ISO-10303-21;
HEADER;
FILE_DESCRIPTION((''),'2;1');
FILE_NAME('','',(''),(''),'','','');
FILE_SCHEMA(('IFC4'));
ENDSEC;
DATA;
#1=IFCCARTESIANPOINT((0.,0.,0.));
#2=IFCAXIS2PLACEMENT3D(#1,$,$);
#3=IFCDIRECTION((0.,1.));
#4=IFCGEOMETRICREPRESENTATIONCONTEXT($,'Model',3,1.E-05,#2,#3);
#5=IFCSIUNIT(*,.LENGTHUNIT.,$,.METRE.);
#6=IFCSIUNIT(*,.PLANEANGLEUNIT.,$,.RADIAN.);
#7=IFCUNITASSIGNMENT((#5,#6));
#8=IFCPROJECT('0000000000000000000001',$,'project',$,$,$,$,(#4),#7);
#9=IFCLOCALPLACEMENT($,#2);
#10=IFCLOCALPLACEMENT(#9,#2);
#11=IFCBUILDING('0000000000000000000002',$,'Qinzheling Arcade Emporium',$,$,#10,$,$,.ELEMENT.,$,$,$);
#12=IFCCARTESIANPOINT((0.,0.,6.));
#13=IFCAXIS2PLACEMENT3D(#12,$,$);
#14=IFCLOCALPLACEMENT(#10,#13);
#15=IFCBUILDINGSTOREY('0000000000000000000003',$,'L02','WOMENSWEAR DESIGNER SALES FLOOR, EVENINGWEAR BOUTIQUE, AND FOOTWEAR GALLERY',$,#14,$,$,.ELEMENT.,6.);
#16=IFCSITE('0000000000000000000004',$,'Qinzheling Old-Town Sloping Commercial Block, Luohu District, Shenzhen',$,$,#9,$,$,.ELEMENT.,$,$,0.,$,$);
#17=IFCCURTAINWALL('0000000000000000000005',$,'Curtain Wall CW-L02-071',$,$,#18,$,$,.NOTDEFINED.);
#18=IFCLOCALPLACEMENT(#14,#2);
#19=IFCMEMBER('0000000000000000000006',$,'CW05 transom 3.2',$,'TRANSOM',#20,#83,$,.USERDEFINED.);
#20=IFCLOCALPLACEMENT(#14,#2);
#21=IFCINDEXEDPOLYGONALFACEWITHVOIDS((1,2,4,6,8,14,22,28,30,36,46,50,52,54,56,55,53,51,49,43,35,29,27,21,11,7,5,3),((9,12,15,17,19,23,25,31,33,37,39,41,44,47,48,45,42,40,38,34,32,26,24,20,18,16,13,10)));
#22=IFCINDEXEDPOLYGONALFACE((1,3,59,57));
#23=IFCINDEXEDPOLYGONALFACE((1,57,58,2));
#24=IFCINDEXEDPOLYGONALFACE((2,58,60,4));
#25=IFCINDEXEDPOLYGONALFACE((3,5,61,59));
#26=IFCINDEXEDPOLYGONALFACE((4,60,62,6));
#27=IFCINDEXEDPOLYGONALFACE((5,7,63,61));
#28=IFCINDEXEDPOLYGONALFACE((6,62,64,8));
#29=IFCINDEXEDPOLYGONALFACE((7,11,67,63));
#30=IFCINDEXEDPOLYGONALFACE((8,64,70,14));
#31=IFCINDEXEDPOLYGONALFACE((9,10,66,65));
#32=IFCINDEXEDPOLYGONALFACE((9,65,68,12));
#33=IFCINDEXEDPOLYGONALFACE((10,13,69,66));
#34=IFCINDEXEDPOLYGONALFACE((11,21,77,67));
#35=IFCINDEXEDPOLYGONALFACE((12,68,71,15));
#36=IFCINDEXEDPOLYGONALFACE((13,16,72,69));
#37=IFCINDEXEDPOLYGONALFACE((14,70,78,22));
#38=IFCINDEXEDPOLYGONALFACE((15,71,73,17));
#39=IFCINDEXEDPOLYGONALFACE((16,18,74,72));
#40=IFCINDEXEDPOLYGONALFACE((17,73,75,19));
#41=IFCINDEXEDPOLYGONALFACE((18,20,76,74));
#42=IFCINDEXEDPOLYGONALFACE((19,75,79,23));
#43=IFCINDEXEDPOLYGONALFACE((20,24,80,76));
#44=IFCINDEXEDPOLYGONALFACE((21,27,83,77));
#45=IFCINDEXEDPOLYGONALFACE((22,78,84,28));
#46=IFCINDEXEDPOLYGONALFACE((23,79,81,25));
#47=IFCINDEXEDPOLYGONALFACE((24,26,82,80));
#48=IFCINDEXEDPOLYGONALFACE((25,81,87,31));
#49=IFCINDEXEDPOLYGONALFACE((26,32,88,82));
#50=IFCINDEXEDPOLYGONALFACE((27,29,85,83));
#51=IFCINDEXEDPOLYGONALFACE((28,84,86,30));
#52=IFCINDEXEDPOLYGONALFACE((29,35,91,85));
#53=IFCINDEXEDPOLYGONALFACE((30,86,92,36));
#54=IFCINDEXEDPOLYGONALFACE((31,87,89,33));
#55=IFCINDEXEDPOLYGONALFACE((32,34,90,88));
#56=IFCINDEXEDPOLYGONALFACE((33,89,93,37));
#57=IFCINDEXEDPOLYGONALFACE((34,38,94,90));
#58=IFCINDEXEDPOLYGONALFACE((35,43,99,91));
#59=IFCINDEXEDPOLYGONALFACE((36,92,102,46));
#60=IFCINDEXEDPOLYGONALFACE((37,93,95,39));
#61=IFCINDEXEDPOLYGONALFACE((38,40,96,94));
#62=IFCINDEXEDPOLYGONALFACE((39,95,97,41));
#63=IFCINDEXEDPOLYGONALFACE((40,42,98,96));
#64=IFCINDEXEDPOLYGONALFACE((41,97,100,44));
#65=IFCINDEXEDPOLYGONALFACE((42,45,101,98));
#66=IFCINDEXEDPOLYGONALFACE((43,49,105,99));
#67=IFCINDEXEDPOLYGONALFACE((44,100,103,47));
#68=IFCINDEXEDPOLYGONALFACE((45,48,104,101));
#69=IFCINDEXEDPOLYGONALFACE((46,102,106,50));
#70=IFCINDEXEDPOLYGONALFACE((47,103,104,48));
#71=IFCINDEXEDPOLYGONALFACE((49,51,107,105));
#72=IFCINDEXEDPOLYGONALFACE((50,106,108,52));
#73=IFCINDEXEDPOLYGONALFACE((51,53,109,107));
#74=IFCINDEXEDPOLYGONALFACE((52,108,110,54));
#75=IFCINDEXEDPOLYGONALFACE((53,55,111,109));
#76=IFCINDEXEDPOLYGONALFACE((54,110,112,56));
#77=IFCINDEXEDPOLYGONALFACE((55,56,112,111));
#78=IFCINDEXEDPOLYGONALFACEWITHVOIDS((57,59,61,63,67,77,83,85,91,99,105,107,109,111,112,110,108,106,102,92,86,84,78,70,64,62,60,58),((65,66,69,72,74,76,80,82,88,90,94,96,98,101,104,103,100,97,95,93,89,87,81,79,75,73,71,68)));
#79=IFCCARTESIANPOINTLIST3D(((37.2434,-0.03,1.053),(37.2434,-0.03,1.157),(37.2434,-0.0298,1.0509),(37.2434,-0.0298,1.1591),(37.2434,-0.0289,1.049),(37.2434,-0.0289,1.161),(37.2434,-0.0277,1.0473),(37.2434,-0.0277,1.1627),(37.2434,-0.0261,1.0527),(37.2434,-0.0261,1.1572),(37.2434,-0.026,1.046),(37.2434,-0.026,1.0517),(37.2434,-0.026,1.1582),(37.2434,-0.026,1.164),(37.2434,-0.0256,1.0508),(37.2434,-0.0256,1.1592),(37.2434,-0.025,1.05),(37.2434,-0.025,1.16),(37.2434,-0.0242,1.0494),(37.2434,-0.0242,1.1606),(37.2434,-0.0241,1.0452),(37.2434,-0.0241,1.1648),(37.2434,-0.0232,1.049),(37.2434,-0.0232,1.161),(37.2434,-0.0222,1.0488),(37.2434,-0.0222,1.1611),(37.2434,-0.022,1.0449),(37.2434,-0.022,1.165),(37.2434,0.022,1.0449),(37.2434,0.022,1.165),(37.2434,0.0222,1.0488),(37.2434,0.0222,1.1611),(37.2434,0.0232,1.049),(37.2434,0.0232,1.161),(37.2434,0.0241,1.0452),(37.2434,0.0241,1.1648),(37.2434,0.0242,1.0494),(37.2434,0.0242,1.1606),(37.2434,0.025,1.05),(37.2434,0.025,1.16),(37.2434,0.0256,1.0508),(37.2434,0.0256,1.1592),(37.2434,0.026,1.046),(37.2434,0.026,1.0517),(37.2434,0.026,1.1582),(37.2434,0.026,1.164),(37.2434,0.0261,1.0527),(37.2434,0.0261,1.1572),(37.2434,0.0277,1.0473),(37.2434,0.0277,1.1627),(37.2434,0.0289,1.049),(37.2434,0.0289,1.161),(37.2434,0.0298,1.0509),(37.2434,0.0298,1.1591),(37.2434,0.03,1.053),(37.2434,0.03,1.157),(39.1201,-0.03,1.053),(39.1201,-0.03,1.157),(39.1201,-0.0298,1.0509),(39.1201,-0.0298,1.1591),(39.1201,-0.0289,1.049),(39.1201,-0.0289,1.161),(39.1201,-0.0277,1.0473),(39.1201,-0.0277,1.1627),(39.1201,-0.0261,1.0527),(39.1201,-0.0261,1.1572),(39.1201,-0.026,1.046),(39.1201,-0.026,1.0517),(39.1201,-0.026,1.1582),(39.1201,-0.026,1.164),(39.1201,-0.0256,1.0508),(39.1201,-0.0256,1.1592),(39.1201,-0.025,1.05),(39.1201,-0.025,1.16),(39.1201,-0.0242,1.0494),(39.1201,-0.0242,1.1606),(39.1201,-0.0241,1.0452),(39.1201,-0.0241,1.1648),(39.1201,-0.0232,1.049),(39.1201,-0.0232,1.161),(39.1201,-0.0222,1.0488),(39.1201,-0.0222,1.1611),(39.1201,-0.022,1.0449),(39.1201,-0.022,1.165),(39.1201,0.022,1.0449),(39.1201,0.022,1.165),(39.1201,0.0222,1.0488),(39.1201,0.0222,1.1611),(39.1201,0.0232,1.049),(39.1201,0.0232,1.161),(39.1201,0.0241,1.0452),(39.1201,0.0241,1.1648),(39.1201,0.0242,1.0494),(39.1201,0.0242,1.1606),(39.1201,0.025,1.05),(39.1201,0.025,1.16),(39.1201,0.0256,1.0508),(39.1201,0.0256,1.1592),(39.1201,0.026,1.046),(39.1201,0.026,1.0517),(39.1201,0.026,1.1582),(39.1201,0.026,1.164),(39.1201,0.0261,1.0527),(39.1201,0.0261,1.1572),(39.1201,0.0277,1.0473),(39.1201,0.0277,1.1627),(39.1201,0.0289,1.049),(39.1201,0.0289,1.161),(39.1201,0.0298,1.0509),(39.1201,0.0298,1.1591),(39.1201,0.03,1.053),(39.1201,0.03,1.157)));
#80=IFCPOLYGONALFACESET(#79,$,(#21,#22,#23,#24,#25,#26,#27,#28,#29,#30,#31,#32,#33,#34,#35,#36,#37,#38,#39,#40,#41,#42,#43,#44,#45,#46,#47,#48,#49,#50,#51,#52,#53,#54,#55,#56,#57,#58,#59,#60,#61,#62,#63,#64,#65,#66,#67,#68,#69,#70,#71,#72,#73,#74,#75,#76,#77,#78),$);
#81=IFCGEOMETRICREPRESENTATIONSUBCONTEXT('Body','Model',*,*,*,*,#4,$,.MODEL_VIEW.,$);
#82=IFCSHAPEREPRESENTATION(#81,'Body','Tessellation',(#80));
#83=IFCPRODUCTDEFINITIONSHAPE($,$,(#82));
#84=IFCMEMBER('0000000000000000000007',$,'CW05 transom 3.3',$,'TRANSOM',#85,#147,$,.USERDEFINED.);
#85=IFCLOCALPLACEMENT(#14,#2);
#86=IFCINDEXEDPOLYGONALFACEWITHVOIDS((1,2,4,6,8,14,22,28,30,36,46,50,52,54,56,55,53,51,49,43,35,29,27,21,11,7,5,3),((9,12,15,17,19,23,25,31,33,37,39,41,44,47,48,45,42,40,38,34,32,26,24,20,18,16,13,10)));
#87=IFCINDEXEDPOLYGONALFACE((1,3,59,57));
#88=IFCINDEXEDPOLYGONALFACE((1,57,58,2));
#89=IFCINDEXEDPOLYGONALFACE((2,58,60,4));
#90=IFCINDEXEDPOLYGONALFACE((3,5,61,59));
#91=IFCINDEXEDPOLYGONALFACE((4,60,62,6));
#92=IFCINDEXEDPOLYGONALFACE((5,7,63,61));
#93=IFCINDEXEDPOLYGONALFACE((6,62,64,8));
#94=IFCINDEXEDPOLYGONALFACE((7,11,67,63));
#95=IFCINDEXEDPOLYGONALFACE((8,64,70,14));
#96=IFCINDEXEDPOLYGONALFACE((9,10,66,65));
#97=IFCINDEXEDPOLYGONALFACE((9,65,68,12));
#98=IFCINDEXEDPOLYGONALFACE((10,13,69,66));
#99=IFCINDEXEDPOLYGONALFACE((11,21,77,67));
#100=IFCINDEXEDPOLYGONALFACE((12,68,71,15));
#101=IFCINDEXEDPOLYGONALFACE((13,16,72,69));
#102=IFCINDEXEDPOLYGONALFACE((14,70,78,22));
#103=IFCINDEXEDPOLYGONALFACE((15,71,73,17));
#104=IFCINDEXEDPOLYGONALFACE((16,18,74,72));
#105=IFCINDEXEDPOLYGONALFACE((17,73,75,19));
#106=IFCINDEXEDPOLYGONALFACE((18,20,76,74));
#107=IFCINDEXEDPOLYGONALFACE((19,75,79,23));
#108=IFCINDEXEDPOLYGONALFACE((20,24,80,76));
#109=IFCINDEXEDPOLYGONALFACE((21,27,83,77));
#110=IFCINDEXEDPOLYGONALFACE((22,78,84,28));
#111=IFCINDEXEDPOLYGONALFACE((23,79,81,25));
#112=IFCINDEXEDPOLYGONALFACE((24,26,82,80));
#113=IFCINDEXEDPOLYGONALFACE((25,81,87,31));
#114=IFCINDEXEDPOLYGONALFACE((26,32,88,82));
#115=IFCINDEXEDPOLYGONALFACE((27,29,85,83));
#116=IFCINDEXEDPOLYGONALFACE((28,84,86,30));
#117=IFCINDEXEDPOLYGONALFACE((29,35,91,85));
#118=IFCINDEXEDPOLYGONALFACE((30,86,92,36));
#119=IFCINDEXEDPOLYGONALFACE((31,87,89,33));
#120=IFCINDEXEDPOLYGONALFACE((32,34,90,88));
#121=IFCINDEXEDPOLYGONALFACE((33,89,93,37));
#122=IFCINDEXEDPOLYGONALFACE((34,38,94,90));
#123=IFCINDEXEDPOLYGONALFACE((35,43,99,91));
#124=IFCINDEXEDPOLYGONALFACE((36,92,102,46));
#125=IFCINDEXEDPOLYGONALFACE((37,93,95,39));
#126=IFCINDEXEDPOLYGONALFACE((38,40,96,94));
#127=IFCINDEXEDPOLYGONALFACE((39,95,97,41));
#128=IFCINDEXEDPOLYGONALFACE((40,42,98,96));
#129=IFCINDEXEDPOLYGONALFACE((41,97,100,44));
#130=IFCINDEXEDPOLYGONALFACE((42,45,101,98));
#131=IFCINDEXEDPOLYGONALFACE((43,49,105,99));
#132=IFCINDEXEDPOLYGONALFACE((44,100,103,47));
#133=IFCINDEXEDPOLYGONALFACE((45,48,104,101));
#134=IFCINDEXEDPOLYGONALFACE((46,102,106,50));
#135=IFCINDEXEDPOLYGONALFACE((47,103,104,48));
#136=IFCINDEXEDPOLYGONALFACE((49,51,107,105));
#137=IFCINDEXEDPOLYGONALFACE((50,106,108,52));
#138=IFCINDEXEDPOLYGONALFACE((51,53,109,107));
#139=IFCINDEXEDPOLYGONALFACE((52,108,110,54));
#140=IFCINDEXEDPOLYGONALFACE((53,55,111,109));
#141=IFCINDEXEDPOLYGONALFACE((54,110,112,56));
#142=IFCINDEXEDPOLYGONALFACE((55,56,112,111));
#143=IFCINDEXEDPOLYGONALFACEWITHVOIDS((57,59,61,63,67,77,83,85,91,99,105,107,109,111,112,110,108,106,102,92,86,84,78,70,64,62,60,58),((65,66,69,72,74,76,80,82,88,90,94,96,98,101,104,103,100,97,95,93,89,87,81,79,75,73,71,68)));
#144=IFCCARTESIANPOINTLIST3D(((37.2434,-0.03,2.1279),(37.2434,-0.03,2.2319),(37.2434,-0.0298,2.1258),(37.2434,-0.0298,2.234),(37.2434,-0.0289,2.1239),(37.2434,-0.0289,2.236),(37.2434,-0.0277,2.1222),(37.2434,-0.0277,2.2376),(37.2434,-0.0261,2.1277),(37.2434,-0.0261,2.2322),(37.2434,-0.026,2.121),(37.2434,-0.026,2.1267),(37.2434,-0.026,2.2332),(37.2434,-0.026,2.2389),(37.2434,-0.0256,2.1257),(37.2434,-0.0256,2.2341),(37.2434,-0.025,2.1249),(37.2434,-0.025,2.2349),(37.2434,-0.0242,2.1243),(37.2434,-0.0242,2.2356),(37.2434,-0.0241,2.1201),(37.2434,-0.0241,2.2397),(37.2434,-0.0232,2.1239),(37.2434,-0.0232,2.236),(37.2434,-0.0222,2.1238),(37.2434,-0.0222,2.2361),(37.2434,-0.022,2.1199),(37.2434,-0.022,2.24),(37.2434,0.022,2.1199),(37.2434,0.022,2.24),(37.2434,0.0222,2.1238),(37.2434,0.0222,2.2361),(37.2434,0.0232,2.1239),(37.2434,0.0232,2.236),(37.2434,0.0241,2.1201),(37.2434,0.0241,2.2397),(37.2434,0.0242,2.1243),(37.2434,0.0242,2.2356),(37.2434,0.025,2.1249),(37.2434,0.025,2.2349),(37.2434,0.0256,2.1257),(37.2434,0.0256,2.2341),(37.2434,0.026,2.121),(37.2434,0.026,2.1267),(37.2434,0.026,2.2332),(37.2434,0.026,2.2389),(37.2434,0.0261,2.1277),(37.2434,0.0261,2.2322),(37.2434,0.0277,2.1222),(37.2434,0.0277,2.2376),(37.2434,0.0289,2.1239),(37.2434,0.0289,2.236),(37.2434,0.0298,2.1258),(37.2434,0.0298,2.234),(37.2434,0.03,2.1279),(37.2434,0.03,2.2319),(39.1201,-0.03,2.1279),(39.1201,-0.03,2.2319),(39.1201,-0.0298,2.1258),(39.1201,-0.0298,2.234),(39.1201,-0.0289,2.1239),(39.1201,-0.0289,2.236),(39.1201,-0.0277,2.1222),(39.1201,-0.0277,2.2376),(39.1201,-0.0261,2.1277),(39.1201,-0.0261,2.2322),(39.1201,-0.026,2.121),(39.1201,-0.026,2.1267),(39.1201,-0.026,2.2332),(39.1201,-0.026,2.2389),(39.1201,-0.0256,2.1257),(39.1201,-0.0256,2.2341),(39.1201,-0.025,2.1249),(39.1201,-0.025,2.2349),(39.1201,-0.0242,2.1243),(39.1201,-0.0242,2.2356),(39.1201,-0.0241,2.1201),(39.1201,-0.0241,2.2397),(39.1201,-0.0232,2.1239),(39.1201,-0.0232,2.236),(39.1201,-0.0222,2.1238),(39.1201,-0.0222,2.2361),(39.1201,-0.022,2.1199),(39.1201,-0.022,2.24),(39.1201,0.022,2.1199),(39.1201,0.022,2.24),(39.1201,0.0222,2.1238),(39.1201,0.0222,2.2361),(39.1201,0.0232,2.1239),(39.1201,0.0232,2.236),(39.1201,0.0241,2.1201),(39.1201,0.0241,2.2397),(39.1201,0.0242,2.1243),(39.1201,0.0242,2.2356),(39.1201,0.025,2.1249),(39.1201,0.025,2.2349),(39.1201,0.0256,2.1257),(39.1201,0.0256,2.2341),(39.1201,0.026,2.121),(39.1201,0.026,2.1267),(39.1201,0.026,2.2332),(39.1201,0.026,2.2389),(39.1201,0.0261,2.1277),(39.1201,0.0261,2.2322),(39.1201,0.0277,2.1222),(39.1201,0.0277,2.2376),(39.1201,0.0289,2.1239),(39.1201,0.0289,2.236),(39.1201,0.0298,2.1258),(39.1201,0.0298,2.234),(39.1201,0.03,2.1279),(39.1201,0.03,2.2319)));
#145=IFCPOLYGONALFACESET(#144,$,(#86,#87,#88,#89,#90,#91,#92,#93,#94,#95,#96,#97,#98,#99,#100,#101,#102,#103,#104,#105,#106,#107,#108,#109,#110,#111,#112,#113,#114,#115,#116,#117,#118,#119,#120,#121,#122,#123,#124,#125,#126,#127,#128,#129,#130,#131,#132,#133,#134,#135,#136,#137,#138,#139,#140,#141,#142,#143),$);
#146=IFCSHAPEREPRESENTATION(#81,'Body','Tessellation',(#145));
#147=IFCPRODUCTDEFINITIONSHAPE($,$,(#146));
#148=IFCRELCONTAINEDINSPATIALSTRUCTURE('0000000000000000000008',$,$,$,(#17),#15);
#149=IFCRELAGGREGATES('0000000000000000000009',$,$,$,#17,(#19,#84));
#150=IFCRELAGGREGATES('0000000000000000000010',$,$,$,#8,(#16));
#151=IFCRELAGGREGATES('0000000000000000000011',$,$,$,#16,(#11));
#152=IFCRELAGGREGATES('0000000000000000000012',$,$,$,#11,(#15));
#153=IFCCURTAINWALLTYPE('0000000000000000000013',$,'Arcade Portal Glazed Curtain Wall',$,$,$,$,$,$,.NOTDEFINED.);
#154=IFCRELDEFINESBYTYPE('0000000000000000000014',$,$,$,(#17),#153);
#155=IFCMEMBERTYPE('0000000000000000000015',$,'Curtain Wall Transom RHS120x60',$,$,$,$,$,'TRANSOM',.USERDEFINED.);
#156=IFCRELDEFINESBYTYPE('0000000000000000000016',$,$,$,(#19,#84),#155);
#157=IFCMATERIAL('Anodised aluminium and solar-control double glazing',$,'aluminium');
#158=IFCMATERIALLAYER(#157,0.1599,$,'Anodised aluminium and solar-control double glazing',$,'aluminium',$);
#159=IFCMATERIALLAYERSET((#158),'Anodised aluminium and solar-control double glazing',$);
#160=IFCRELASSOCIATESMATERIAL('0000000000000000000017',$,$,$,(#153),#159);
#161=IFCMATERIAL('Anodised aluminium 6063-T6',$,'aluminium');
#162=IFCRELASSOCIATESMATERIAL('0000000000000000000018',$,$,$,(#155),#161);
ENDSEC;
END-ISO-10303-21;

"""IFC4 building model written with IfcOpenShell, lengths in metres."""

from ifc_helpers import new_model, si_unit, direction, frame, origin, origin_2d, place, context, subcontext, project, spatial, hollow_rectangle, extrude, material, layer, layer_set, material_profile, profile_set, type_object, element, aggregate, save


model = new_model("IFC4")

# Units and contexts
model_context = context("Model", 3, precision=1e-05, world=origin(), true_north=direction((0.0, 1.0)))
body_context = subcontext(model_context, "Body", "Model", "MODEL_VIEW")
ifc_project = project(units=[si_unit("LENGTHUNIT", "METRE"), si_unit("PLANEANGLEUNIT", "RADIAN")], contexts=[model_context])

# Site, building, storey
site_placement = place(None, origin())
site = spatial("IfcSite", under=ifc_project, at=site_placement, Name="Qinzheling Old-Town Sloping Commercial Block, Luohu District, Shenzhen", CompositionType="ELEMENT", RefElevation=0.0)
building_placement = place(site_placement, origin())
building = spatial("IfcBuilding", under=site, at=building_placement, Name="Qinzheling Arcade Emporium", CompositionType="ELEMENT")
storey_placement = place(building_placement, frame((0.0, 0.0, 6.0)))
storey = spatial("IfcBuildingStorey", under=building, at=storey_placement, Name="L02", Description="WOMENSWEAR DESIGNER SALES FLOOR, EVENINGWEAR BOUTIQUE, AND FOOTWEAR GALLERY", CompositionType="ELEMENT", Elevation=6.0)

# Curtain wall, members
ifc_material_1 = material(Name="Anodised aluminium and solar-control double glazing", Category="aluminium")
ifc_layer_1 = layer(ifc_material_1, 0.1599, Name="Anodised aluminium and solar-control double glazing", Category="aluminium")
ifc_layer_set_1 = layer_set([ifc_layer_1], Name="Anodised aluminium and solar-control double glazing")
curtain_wall_type = type_object("IfcCurtainWallType", Name="Arcade Portal Glazed Curtain Wall", PredefinedType="NOTDEFINED", material=ifc_layer_set_1)
curtain_wall_placement = place(storey_placement, origin())
curtain_wall = element("IfcCurtainWall", 1, at=curtain_wall_placement, inside=storey, type_object=curtain_wall_type, Name="Curtain Wall CW-L02-071", PredefinedType="NOTDEFINED")
ifc_material_2 = material(Name="Anodised aluminium 6063-T6", Category="aluminium")
ifc_material_profile_1 = material_profile(ifc_material_2, hollow_rectangle(XDim=0.0601, YDim=0.1201, WallThickness=0.0039, InnerFilletRadius=0.0039, OuterFilletRadius=0.0081, at=origin_2d()), Name="RHS 120x60x4", Category="aluminium")
ifc_profile_set_1 = profile_set([ifc_material_profile_1], Name="Anodised aluminium 6063-T6")
member_type_1 = type_object("IfcMemberType", Name="Curtain Wall Transom RHS120x60", ElementType="TRANSOM", PredefinedType="USERDEFINED", material=ifc_profile_set_1)
member_1_placement = place(storey_placement, frame((39.1201, 0.0, 1.105), z_axis=(-1.0, 0.0, 0.0), x_axis=(0.0, -1.0, 0.0)))
member_1 = element("IfcMember", 2, at=member_1_placement, type_object=member_type_1, Name="CW05 transom 3.2", ObjectType="TRANSOM", PredefinedType="USERDEFINED", context=body_context, shape_type="SweptSolid", body=[
    extrude(hollow_rectangle(XDim=0.0601, YDim=0.1201, WallThickness=0.0039, InnerFilletRadius=0.0039, OuterFilletRadius=0.0081, at=origin_2d()), origin(), (0.0, 0.0, 1.0), 1.8767),
])
member_2_placement = place(storey_placement, frame((39.1201, 0.0, 2.1799), z_axis=(-1.0, 0.0, 0.0), x_axis=(0.0, -1.0, 0.0)))
member_2 = element("IfcMember", 3, at=member_2_placement, type_object=member_type_1, Name="CW05 transom 3.3", ObjectType="TRANSOM", PredefinedType="USERDEFINED", context=body_context, shape_type="SweptSolid", body=[
    extrude(hollow_rectangle(XDim=0.0601, YDim=0.1201, WallThickness=0.0039, InnerFilletRadius=0.0039, OuterFilletRadius=0.0081, at=origin_2d()), origin(), (0.0, 0.0, 1.0), 1.8767),
])
aggregate(curtain_wall, [member_1, member_2])

save(model, "model.ifc")
